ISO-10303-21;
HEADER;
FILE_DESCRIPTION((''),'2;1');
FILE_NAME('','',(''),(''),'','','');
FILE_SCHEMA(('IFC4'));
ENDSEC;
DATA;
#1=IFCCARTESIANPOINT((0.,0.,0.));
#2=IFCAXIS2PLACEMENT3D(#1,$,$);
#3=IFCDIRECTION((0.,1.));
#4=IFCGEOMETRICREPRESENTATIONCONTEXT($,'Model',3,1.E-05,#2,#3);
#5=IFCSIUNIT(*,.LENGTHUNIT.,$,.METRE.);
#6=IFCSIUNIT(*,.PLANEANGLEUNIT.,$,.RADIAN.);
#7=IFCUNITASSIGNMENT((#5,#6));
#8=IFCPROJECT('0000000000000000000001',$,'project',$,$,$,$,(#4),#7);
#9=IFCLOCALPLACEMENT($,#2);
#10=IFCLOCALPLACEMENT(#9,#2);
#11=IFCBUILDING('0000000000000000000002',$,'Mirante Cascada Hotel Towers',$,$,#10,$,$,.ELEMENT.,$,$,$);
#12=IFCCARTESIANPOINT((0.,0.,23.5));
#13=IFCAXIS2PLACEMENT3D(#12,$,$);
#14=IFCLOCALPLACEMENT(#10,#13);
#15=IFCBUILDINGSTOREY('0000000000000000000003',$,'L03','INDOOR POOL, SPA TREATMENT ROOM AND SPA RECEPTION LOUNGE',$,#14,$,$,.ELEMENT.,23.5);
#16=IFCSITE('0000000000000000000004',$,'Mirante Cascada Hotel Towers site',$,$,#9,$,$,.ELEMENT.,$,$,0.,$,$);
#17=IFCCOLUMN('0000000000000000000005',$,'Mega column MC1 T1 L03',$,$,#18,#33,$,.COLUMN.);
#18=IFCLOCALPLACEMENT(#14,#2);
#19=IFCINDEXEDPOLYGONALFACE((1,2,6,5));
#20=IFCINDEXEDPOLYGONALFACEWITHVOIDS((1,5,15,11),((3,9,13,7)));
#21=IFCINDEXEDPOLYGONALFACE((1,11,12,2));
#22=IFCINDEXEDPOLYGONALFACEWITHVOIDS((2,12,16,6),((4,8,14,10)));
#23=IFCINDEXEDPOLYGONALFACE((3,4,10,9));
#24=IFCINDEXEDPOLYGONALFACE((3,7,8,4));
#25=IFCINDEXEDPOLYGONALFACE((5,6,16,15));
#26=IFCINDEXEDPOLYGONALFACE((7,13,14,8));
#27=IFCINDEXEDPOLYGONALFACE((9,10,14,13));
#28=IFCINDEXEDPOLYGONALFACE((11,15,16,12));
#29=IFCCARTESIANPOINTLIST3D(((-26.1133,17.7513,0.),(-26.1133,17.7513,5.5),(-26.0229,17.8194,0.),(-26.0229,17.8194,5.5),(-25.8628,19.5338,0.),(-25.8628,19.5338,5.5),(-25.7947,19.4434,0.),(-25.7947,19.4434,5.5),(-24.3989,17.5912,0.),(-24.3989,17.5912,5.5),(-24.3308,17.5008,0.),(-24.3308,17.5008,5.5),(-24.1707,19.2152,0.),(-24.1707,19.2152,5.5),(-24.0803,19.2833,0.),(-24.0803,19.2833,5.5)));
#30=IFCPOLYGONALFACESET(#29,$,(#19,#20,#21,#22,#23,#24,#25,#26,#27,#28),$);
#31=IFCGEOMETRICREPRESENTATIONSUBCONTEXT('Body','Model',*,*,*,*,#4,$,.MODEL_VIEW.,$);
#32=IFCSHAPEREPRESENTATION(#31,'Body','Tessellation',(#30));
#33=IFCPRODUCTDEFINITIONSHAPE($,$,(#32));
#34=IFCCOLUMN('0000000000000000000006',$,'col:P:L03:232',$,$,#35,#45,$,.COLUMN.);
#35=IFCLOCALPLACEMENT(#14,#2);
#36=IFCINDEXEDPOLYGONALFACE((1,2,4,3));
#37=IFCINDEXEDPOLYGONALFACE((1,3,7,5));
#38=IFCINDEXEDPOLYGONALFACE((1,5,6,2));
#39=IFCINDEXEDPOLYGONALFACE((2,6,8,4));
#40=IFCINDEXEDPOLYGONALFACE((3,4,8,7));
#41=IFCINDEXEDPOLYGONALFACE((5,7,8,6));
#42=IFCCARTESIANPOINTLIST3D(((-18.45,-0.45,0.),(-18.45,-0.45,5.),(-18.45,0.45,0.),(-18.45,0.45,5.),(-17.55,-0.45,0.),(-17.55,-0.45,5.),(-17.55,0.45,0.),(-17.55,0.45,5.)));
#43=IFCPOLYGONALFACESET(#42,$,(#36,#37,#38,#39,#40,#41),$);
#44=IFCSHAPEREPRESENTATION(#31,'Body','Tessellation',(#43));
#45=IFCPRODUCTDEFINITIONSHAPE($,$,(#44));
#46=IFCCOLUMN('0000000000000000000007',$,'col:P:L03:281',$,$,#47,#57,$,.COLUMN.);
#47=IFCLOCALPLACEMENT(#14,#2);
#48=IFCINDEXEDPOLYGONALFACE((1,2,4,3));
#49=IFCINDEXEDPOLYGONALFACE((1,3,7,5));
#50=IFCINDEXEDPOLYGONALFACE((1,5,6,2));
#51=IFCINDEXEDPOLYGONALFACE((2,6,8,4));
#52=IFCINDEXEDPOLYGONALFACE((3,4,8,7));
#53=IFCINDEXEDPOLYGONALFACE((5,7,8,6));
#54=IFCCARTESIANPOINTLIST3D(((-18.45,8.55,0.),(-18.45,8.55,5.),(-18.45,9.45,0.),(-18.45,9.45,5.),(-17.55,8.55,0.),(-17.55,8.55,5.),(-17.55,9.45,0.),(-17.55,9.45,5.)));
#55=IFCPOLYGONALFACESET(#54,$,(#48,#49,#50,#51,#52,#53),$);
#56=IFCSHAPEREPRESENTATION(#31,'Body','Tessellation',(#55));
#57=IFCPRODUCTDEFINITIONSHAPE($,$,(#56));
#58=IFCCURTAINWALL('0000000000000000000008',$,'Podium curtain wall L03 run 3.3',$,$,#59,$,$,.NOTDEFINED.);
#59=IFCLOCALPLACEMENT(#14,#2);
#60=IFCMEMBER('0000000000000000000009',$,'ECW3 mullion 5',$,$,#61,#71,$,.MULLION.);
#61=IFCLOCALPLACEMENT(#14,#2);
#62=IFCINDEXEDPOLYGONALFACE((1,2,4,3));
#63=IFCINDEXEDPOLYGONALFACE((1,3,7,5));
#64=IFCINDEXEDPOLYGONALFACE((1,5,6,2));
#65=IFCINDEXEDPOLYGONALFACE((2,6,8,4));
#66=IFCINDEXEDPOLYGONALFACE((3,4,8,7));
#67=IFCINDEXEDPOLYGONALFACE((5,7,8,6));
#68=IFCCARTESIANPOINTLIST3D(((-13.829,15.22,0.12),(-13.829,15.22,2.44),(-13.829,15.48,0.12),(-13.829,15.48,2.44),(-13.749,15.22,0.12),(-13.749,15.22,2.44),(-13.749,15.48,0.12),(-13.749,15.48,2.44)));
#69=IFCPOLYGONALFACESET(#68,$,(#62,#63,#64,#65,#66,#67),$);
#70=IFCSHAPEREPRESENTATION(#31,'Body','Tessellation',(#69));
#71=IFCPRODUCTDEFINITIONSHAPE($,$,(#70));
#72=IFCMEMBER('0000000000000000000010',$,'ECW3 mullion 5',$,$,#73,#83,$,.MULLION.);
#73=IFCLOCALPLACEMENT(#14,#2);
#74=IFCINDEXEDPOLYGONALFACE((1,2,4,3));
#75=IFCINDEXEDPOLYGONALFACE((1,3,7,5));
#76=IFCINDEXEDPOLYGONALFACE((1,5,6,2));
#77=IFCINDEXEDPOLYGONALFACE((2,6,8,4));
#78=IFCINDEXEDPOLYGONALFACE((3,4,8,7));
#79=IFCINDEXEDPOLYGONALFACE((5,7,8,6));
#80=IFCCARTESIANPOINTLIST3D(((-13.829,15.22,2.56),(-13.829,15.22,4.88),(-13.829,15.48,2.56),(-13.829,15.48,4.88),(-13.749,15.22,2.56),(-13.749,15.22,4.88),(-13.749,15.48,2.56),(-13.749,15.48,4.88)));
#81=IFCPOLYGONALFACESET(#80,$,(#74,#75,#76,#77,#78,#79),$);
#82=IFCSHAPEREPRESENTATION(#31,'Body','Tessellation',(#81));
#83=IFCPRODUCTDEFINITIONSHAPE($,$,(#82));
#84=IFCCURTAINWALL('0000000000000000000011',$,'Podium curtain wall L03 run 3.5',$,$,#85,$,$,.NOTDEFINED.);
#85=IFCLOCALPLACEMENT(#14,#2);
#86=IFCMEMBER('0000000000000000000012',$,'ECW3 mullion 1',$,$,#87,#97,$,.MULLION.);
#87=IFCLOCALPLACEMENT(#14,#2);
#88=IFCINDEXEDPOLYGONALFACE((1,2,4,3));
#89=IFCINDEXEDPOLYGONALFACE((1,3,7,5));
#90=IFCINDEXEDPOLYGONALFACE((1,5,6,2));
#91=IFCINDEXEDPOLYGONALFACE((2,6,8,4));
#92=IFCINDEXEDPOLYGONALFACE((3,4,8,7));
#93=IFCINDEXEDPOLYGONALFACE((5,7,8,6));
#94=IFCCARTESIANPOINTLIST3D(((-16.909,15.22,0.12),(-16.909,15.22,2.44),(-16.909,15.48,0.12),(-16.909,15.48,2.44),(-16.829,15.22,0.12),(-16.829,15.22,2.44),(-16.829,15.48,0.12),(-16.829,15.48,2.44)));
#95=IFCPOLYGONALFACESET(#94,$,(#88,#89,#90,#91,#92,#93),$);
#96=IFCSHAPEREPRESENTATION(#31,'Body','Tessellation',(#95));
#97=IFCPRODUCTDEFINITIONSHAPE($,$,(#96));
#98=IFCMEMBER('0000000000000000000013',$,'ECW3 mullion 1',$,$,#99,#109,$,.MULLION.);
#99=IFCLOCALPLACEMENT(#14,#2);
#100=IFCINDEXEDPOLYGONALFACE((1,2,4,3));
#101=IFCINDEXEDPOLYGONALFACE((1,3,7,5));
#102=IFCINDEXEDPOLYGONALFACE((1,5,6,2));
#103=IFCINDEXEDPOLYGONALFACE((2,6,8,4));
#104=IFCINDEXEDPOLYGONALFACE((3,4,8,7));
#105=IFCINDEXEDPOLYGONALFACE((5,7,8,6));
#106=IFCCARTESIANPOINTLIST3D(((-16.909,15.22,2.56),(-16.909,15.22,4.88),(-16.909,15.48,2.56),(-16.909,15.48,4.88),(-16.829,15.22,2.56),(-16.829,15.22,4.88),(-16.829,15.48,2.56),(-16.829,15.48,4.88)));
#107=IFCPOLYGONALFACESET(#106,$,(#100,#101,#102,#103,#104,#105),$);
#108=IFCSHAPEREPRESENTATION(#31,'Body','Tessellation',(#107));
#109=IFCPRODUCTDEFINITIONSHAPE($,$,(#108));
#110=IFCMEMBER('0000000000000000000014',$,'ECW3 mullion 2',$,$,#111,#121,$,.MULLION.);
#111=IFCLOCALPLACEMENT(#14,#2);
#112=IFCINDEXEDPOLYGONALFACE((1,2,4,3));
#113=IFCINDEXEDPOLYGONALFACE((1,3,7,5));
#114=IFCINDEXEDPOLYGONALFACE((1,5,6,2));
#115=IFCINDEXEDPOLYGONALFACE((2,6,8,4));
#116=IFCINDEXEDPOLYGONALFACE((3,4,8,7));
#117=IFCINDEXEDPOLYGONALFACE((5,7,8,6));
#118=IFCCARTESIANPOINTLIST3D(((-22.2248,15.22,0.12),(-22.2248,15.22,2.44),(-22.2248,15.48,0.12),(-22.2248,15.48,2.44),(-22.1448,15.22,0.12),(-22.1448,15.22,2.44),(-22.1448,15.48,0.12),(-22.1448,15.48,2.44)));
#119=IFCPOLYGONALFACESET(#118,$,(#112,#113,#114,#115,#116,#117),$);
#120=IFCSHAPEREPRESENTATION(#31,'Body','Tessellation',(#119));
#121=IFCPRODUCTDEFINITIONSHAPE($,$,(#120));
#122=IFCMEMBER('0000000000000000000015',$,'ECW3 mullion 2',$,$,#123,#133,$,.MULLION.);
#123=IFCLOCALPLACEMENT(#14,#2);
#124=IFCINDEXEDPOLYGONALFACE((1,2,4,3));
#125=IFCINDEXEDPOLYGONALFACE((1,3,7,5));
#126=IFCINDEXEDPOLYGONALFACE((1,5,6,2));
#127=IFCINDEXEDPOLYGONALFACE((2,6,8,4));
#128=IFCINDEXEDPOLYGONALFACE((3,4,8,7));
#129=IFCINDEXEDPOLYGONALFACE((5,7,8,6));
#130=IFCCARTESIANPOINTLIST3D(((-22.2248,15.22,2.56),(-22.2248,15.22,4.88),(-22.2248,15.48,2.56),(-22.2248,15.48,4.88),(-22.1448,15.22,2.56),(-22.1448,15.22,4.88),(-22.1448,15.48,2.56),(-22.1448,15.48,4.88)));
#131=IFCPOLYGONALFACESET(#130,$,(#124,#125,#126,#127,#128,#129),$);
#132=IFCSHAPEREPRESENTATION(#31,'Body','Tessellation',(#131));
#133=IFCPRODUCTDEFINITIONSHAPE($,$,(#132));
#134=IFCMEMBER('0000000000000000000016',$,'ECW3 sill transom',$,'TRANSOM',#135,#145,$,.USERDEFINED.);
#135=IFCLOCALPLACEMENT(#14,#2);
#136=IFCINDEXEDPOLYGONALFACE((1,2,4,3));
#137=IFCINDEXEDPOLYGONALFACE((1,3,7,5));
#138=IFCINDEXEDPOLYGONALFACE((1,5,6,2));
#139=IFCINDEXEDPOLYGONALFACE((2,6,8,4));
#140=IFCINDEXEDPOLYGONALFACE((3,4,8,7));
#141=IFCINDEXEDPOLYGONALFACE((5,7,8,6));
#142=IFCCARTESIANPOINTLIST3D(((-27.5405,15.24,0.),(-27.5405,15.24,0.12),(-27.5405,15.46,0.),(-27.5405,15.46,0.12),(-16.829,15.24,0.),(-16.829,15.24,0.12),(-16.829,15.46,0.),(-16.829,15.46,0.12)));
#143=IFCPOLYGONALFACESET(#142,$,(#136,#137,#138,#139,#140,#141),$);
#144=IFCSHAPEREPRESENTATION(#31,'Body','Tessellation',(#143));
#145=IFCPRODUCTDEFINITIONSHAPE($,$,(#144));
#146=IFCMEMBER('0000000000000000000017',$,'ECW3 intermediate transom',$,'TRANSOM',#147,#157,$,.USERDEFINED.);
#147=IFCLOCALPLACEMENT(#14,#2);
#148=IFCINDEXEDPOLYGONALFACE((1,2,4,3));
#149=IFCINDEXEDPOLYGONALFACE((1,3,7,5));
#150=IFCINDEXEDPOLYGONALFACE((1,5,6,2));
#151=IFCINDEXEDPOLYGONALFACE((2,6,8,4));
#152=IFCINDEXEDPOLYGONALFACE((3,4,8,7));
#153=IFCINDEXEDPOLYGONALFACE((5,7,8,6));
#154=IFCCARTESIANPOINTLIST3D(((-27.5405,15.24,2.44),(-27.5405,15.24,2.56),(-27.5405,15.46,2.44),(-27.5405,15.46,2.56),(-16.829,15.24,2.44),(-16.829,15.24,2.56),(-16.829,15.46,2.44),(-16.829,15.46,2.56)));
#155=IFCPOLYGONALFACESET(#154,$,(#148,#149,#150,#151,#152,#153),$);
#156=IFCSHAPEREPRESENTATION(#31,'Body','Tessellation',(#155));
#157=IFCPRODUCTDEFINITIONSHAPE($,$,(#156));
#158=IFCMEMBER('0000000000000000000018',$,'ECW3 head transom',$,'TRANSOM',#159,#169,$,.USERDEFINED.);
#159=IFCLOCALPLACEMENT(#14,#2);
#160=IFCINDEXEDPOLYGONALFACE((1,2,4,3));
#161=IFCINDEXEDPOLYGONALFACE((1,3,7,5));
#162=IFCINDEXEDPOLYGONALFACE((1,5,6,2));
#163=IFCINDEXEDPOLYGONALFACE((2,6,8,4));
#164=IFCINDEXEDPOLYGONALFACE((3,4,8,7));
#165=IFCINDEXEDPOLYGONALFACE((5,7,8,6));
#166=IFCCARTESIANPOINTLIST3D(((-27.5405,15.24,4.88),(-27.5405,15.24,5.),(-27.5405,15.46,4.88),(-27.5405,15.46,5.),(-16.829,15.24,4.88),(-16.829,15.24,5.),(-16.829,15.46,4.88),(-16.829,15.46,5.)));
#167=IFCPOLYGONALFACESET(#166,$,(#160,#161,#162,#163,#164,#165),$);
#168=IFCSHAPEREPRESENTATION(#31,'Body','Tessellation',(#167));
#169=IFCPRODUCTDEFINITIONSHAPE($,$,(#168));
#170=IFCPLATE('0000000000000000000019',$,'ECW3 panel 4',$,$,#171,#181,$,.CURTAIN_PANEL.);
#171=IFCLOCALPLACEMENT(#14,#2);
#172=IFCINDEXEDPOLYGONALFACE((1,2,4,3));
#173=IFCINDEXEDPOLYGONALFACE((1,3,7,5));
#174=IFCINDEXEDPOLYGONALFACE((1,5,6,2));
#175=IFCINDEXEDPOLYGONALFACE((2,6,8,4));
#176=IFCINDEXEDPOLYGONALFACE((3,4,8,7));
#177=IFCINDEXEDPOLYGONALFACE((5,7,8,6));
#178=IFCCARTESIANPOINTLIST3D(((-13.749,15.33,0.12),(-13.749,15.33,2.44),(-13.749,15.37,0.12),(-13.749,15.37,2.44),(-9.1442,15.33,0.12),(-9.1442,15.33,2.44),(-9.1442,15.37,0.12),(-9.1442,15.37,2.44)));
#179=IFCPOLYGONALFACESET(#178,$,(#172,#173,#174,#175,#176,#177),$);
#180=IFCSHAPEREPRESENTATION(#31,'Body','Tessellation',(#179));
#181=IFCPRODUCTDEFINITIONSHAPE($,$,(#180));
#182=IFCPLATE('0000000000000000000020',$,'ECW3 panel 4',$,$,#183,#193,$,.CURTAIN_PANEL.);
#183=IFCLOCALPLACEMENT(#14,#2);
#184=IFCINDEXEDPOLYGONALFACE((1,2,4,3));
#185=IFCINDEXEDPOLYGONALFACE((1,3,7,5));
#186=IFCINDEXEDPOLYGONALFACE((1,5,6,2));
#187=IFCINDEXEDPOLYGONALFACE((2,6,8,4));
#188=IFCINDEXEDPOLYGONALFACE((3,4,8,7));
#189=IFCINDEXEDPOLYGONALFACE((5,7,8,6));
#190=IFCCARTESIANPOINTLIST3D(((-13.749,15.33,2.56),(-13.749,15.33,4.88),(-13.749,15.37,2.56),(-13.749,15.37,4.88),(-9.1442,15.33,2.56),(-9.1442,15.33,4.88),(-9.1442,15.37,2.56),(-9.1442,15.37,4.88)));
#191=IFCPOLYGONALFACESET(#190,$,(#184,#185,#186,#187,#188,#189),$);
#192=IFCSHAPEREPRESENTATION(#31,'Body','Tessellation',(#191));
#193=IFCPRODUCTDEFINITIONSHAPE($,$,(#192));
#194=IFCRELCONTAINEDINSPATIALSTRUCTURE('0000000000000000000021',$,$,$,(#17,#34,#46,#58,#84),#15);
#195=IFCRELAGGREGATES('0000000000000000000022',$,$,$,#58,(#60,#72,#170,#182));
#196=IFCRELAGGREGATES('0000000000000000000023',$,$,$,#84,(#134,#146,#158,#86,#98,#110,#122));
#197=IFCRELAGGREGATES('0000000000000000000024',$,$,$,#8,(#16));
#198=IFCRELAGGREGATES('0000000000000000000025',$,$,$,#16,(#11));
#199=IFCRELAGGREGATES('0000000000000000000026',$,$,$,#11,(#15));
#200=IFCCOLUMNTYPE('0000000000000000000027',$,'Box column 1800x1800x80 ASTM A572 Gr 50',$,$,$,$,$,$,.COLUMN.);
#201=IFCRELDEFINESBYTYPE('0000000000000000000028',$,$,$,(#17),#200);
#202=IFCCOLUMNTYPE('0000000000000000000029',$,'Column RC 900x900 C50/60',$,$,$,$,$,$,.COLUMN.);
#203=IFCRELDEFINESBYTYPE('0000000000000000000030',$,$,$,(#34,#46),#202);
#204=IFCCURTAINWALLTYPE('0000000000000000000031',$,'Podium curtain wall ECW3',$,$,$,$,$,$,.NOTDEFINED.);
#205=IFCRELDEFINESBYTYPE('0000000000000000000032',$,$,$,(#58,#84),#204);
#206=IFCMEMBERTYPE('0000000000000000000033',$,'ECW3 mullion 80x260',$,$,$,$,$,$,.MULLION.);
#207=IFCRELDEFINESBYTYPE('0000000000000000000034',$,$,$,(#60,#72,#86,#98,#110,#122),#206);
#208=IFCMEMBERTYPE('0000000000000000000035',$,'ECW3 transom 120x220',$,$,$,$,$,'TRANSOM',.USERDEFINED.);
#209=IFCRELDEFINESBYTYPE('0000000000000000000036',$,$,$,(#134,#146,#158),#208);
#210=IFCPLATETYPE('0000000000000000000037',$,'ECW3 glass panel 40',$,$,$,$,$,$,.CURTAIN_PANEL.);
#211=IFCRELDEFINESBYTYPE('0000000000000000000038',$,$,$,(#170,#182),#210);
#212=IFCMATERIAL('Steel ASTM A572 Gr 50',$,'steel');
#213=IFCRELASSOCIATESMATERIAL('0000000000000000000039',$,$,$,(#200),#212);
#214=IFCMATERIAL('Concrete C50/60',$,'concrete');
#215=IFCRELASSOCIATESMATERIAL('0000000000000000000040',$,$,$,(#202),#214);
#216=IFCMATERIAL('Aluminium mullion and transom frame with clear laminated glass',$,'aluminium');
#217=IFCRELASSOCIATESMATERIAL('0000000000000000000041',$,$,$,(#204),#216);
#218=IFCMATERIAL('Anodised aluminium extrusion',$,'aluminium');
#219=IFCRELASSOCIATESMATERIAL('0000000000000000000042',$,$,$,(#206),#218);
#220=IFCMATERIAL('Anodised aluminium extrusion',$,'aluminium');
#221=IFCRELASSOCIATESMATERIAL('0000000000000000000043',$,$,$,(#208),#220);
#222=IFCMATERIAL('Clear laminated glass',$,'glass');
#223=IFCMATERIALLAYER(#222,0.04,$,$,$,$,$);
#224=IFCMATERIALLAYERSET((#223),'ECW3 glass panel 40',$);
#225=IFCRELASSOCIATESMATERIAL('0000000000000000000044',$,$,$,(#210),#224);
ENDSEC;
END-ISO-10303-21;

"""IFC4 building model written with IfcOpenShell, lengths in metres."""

from ifc_helpers import new_model, si_unit, direction, frame, origin, origin_2d, place, context, subcontext, project, spatial, rectangle, hollow_rectangle, extrude, material, layer, layer_set, material_profile, profile_set, type_object, element, aggregate, save


model = new_model("IFC4")

# Units and contexts
model_context = context("Model", 3, precision=1e-05, world=origin(), true_north=direction((0.0, 1.0)))
body_context = subcontext(model_context, "Body", "Model", "MODEL_VIEW")
ifc_project = project(units=[si_unit("LENGTHUNIT", "METRE"), si_unit("PLANEANGLEUNIT", "RADIAN")], contexts=[model_context])

# Site, building, storey
site_placement = place(None, origin())
site = spatial("IfcSite", under=ifc_project, at=site_placement, Name="Mirante Cascada Hotel Towers site", CompositionType="ELEMENT", RefElevation=0.0)
building_placement = place(site_placement, origin())
building = spatial("IfcBuilding", under=site, at=building_placement, Name="Mirante Cascada Hotel Towers", CompositionType="ELEMENT")
storey_placement = place(building_placement, frame((0.0, 0.0, 23.5)))
storey = spatial("IfcBuildingStorey", under=building, at=storey_placement, Name="L03", Description="INDOOR POOL, SPA TREATMENT ROOM AND SPA RECEPTION LOUNGE", CompositionType="ELEMENT", Elevation=23.5)

# Columns
ifc_material_1 = material(Name="Steel ASTM A572 Gr 50", Category="steel")
ifc_material_profile_1 = material_profile(ifc_material_1, hollow_rectangle(XDim=1.8, YDim=1.8, WallThickness=0.08, at=origin_2d()), Name="Box column 1800x1800x80 ASTM A572 Gr 50")
ifc_profile_set_1 = profile_set([ifc_material_profile_1], Name="Steel ASTM A572 Gr 50")
column_type_1 = type_object("IfcColumnType", Name="Box column 1800x1800x80 ASTM A572 Gr 50", PredefinedType="COLUMN", material=ifc_profile_set_1)
column_placement = place(storey_placement, frame((-25.0968, 18.5173, 0.0), z_axis=(0.0, 0.0, 1.0), x_axis=(-0.990268, 0.139173, 0.0)))
element("IfcColumn", 1, at=column_placement, inside=storey, type_object=column_type_1, Name="Mega column MC1 T1 L03", PredefinedType="COLUMN", context=body_context, shape_type="SweptSolid", body=[
    extrude(hollow_rectangle(XDim=1.8, YDim=1.8, WallThickness=0.08, at=origin_2d()), origin(), (0.0, 0.0, 1.0), 5.5),
])
ifc_material_2 = material(Name="Concrete C50/60", Category="concrete")
ifc_material_profile_2 = material_profile(ifc_material_2, rectangle(XDim=0.9, YDim=0.9, at=origin_2d()), Name="RC 900x900")
ifc_profile_set_2 = profile_set([ifc_material_profile_2], Name="Concrete C50/60")
column_type_2 = type_object("IfcColumnType", Name="Column RC 900x900 C50/60", PredefinedType="COLUMN", material=ifc_profile_set_2)
for number, where, z_axis, x_axis, name in (
    (2, (-18.0, 0.0, 0.0), (0.0, 0.0, 1.0), (1.0, 0.0, 0.0), "col:P:L03:232"),
    (3, (-18.0, 9.0, 0.0), (0.0, 0.0, 1.0), (1.0, 0.0, 0.0), "col:P:L03:281"),
):
    element("IfcColumn", number, at=place(storey_placement, frame(where, z_axis=z_axis, x_axis=x_axis)), inside=storey, type_object=column_type_2, Name=name, PredefinedType="COLUMN", context=body_context, shape_type="SweptSolid", body=[
        extrude(rectangle(XDim=0.9, YDim=0.9, at=origin_2d()), origin(), (0.0, 0.0, 1.0), 5.0),
    ])

# Curtain walls, members
ifc_material_3 = material(Name="Aluminium mullion and transom frame with clear laminated glass", Category="aluminium")
curtain_wall_type = type_object("IfcCurtainWallType", Name="Podium curtain wall ECW3", PredefinedType="NOTDEFINED", material=ifc_material_3)
curtain_wall_1_placement = place(storey_placement, origin())
curtain_wall_1 = element("IfcCurtainWall", 4, at=curtain_wall_1_placement, inside=storey, type_object=curtain_wall_type, Name="Podium curtain wall L03 run 3.3", PredefinedType="NOTDEFINED")
ifc_material_4 = material(Name="Anodised aluminium extrusion", Category="aluminium")
ifc_material_profile_3 = material_profile(ifc_material_4, rectangle(XDim=0.26, YDim=0.08, at=origin_2d()), Name="ECW3 MULLION 80x260")
ifc_profile_set_3 = profile_set([ifc_material_profile_3], Name="Anodised aluminium extrusion")
member_type_1 = type_object("IfcMemberType", Name="ECW3 mullion 80x260", PredefinedType="MULLION", material=ifc_profile_set_3)
member_1_placement = place(storey_placement, frame((-13.789, 15.35, 0.12), z_axis=(0.0, 0.0, 1.0), x_axis=(0.0, -1.0, 0.0)))
member_1 = element("IfcMember", 5, at=member_1_placement, type_object=member_type_1, Name="ECW3 mullion 5", PredefinedType="MULLION", context=body_context, shape_type="SweptSolid", body=[
    extrude(rectangle(XDim=0.26, YDim=0.08, at=origin_2d()), origin(), (0.0, 0.0, 1.0), 2.32),
])
member_2_placement = place(storey_placement, frame((-13.789, 15.35, 2.56), z_axis=(0.0, 0.0, 1.0), x_axis=(0.0, -1.0, 0.0)))
member_2 = element("IfcMember", 6, at=member_2_placement, type_object=member_type_1, Name="ECW3 mullion 5", PredefinedType="MULLION", context=body_context, shape_type="SweptSolid", body=[
    extrude(rectangle(XDim=0.26, YDim=0.08, at=origin_2d()), origin(), (0.0, 0.0, 1.0), 2.32),
])
curtain_wall_2_placement = place(storey_placement, origin())
curtain_wall_2 = element("IfcCurtainWall", 7, at=curtain_wall_2_placement, inside=storey, type_object=curtain_wall_type, Name="Podium curtain wall L03 run 3.5", PredefinedType="NOTDEFINED")
member_3_placement = place(storey_placement, frame((-16.869, 15.35, 0.12), z_axis=(0.0, 0.0, 1.0), x_axis=(0.0, -1.0, 0.0)))
member_3 = element("IfcMember", 8, at=member_3_placement, type_object=member_type_1, Name="ECW3 mullion 1", PredefinedType="MULLION", context=body_context, shape_type="SweptSolid", body=[
    extrude(rectangle(XDim=0.26, YDim=0.08, at=origin_2d()), origin(), (0.0, 0.0, 1.0), 2.32),
])
member_4_placement = place(storey_placement, frame((-16.869, 15.35, 2.56), z_axis=(0.0, 0.0, 1.0), x_axis=(0.0, -1.0, 0.0)))
member_4 = element("IfcMember", 9, at=member_4_placement, type_object=member_type_1, Name="ECW3 mullion 1", PredefinedType="MULLION", context=body_context, shape_type="SweptSolid", body=[
    extrude(rectangle(XDim=0.26, YDim=0.08, at=origin_2d()), origin(), (0.0, 0.0, 1.0), 2.32),
])
member_5_placement = place(storey_placement, frame((-22.1848, 15.35, 0.12), z_axis=(0.0, 0.0, 1.0), x_axis=(0.0, -1.0, 0.0)))
member_5 = element("IfcMember", 10, at=member_5_placement, type_object=member_type_1, Name="ECW3 mullion 2", PredefinedType="MULLION", context=body_context, shape_type="SweptSolid", body=[
    extrude(rectangle(XDim=0.26, YDim=0.08, at=origin_2d()), origin(), (0.0, 0.0, 1.0), 2.32),
])
member_6_placement = place(storey_placement, frame((-22.1848, 15.35, 2.56), z_axis=(0.0, 0.0, 1.0), x_axis=(0.0, -1.0, 0.0)))
member_6 = element("IfcMember", 11, at=member_6_placement, type_object=member_type_1, Name="ECW3 mullion 2", PredefinedType="MULLION", context=body_context, shape_type="SweptSolid", body=[
    extrude(rectangle(XDim=0.26, YDim=0.08, at=origin_2d()), origin(), (0.0, 0.0, 1.0), 2.32),
])
ifc_material_5 = material(Name="Anodised aluminium extrusion", Category="aluminium")
ifc_material_profile_4 = material_profile(ifc_material_5, rectangle(XDim=0.22, YDim=0.12, at=origin_2d()), Name="ECW3 TRANSOM 120x220")
ifc_profile_set_4 = profile_set([ifc_material_profile_4], Name="Anodised aluminium extrusion")
member_type_2 = type_object("IfcMemberType", Name="ECW3 transom 120x220", ElementType="TRANSOM", PredefinedType="USERDEFINED", material=ifc_profile_set_4)
member_7_placement = place(storey_placement, frame((-16.829, 15.35, 0.06), z_axis=(-1.0, 0.0, 0.0), x_axis=(0.0, -1.0, 0.0)))
member_7 = element("IfcMember", 12, at=member_7_placement, type_object=member_type_2, Name="ECW3 sill transom", ObjectType="TRANSOM", PredefinedType="USERDEFINED", context=body_context, shape_type="SweptSolid", body=[
    extrude(rectangle(XDim=0.22, YDim=0.12, at=origin_2d()), origin(), (0.0, 0.0, 1.0), 10.7115),
])
member_8_placement = place(storey_placement, frame((-16.829, 15.35, 2.5), z_axis=(-1.0, 0.0, 0.0), x_axis=(0.0, -1.0, 0.0)))
member_8 = element("IfcMember", 13, at=member_8_placement, type_object=member_type_2, Name="ECW3 intermediate transom", ObjectType="TRANSOM", PredefinedType="USERDEFINED", context=body_context, shape_type="SweptSolid", body=[
    extrude(rectangle(XDim=0.22, YDim=0.12, at=origin_2d()), origin(), (0.0, 0.0, 1.0), 10.7115),
])
member_9_placement = place(storey_placement, frame((-16.829, 15.35, 4.94), z_axis=(-1.0, 0.0, 0.0), x_axis=(0.0, -1.0, 0.0)))
member_9 = element("IfcMember", 14, at=member_9_placement, type_object=member_type_2, Name="ECW3 head transom", ObjectType="TRANSOM", PredefinedType="USERDEFINED", context=body_context, shape_type="SweptSolid", body=[
    extrude(rectangle(XDim=0.22, YDim=0.12, at=origin_2d()), origin(), (0.0, 0.0, 1.0), 10.7115),
])

# Plates
ifc_material_6 = material(Name="Clear laminated glass", Category="glass")
ifc_layer_1 = layer(ifc_material_6, 0.04)
ifc_layer_set_1 = layer_set([ifc_layer_1], Name="ECW3 glass panel 40")
plate_type = type_object("IfcPlateType", Name="ECW3 glass panel 40", PredefinedType="CURTAIN_PANEL", material=ifc_layer_set_1)
plate_1_placement = place(storey_placement, frame((-11.4466, 15.35, 0.12), z_axis=(0.0, 0.0, 1.0), x_axis=(-1.0, 0.0, 0.0)))
plate_1 = element("IfcPlate", 15, at=plate_1_placement, type_object=plate_type, Name="ECW3 panel 4", PredefinedType="CURTAIN_PANEL", context=body_context, shape_type="SweptSolid", body=[
    extrude(rectangle(XDim=4.6048, YDim=0.04, at=origin_2d()), origin(), (0.0, 0.0, 1.0), 2.32),
])
plate_2_placement = place(storey_placement, frame((-11.4466, 15.35, 2.56), z_axis=(0.0, 0.0, 1.0), x_axis=(-1.0, 0.0, 0.0)))
plate_2 = element("IfcPlate", 16, at=plate_2_placement, type_object=plate_type, Name="ECW3 panel 4", PredefinedType="CURTAIN_PANEL", context=body_context, shape_type="SweptSolid", body=[
    extrude(rectangle(XDim=4.6048, YDim=0.04, at=origin_2d()), origin(), (0.0, 0.0, 1.0), 2.32),
])
aggregate(curtain_wall_1, [member_1, member_2, plate_1, plate_2])
aggregate(curtain_wall_2, [member_7, member_8, member_9, member_3, member_4, member_5, member_6])

save(model, "model.ifc")
